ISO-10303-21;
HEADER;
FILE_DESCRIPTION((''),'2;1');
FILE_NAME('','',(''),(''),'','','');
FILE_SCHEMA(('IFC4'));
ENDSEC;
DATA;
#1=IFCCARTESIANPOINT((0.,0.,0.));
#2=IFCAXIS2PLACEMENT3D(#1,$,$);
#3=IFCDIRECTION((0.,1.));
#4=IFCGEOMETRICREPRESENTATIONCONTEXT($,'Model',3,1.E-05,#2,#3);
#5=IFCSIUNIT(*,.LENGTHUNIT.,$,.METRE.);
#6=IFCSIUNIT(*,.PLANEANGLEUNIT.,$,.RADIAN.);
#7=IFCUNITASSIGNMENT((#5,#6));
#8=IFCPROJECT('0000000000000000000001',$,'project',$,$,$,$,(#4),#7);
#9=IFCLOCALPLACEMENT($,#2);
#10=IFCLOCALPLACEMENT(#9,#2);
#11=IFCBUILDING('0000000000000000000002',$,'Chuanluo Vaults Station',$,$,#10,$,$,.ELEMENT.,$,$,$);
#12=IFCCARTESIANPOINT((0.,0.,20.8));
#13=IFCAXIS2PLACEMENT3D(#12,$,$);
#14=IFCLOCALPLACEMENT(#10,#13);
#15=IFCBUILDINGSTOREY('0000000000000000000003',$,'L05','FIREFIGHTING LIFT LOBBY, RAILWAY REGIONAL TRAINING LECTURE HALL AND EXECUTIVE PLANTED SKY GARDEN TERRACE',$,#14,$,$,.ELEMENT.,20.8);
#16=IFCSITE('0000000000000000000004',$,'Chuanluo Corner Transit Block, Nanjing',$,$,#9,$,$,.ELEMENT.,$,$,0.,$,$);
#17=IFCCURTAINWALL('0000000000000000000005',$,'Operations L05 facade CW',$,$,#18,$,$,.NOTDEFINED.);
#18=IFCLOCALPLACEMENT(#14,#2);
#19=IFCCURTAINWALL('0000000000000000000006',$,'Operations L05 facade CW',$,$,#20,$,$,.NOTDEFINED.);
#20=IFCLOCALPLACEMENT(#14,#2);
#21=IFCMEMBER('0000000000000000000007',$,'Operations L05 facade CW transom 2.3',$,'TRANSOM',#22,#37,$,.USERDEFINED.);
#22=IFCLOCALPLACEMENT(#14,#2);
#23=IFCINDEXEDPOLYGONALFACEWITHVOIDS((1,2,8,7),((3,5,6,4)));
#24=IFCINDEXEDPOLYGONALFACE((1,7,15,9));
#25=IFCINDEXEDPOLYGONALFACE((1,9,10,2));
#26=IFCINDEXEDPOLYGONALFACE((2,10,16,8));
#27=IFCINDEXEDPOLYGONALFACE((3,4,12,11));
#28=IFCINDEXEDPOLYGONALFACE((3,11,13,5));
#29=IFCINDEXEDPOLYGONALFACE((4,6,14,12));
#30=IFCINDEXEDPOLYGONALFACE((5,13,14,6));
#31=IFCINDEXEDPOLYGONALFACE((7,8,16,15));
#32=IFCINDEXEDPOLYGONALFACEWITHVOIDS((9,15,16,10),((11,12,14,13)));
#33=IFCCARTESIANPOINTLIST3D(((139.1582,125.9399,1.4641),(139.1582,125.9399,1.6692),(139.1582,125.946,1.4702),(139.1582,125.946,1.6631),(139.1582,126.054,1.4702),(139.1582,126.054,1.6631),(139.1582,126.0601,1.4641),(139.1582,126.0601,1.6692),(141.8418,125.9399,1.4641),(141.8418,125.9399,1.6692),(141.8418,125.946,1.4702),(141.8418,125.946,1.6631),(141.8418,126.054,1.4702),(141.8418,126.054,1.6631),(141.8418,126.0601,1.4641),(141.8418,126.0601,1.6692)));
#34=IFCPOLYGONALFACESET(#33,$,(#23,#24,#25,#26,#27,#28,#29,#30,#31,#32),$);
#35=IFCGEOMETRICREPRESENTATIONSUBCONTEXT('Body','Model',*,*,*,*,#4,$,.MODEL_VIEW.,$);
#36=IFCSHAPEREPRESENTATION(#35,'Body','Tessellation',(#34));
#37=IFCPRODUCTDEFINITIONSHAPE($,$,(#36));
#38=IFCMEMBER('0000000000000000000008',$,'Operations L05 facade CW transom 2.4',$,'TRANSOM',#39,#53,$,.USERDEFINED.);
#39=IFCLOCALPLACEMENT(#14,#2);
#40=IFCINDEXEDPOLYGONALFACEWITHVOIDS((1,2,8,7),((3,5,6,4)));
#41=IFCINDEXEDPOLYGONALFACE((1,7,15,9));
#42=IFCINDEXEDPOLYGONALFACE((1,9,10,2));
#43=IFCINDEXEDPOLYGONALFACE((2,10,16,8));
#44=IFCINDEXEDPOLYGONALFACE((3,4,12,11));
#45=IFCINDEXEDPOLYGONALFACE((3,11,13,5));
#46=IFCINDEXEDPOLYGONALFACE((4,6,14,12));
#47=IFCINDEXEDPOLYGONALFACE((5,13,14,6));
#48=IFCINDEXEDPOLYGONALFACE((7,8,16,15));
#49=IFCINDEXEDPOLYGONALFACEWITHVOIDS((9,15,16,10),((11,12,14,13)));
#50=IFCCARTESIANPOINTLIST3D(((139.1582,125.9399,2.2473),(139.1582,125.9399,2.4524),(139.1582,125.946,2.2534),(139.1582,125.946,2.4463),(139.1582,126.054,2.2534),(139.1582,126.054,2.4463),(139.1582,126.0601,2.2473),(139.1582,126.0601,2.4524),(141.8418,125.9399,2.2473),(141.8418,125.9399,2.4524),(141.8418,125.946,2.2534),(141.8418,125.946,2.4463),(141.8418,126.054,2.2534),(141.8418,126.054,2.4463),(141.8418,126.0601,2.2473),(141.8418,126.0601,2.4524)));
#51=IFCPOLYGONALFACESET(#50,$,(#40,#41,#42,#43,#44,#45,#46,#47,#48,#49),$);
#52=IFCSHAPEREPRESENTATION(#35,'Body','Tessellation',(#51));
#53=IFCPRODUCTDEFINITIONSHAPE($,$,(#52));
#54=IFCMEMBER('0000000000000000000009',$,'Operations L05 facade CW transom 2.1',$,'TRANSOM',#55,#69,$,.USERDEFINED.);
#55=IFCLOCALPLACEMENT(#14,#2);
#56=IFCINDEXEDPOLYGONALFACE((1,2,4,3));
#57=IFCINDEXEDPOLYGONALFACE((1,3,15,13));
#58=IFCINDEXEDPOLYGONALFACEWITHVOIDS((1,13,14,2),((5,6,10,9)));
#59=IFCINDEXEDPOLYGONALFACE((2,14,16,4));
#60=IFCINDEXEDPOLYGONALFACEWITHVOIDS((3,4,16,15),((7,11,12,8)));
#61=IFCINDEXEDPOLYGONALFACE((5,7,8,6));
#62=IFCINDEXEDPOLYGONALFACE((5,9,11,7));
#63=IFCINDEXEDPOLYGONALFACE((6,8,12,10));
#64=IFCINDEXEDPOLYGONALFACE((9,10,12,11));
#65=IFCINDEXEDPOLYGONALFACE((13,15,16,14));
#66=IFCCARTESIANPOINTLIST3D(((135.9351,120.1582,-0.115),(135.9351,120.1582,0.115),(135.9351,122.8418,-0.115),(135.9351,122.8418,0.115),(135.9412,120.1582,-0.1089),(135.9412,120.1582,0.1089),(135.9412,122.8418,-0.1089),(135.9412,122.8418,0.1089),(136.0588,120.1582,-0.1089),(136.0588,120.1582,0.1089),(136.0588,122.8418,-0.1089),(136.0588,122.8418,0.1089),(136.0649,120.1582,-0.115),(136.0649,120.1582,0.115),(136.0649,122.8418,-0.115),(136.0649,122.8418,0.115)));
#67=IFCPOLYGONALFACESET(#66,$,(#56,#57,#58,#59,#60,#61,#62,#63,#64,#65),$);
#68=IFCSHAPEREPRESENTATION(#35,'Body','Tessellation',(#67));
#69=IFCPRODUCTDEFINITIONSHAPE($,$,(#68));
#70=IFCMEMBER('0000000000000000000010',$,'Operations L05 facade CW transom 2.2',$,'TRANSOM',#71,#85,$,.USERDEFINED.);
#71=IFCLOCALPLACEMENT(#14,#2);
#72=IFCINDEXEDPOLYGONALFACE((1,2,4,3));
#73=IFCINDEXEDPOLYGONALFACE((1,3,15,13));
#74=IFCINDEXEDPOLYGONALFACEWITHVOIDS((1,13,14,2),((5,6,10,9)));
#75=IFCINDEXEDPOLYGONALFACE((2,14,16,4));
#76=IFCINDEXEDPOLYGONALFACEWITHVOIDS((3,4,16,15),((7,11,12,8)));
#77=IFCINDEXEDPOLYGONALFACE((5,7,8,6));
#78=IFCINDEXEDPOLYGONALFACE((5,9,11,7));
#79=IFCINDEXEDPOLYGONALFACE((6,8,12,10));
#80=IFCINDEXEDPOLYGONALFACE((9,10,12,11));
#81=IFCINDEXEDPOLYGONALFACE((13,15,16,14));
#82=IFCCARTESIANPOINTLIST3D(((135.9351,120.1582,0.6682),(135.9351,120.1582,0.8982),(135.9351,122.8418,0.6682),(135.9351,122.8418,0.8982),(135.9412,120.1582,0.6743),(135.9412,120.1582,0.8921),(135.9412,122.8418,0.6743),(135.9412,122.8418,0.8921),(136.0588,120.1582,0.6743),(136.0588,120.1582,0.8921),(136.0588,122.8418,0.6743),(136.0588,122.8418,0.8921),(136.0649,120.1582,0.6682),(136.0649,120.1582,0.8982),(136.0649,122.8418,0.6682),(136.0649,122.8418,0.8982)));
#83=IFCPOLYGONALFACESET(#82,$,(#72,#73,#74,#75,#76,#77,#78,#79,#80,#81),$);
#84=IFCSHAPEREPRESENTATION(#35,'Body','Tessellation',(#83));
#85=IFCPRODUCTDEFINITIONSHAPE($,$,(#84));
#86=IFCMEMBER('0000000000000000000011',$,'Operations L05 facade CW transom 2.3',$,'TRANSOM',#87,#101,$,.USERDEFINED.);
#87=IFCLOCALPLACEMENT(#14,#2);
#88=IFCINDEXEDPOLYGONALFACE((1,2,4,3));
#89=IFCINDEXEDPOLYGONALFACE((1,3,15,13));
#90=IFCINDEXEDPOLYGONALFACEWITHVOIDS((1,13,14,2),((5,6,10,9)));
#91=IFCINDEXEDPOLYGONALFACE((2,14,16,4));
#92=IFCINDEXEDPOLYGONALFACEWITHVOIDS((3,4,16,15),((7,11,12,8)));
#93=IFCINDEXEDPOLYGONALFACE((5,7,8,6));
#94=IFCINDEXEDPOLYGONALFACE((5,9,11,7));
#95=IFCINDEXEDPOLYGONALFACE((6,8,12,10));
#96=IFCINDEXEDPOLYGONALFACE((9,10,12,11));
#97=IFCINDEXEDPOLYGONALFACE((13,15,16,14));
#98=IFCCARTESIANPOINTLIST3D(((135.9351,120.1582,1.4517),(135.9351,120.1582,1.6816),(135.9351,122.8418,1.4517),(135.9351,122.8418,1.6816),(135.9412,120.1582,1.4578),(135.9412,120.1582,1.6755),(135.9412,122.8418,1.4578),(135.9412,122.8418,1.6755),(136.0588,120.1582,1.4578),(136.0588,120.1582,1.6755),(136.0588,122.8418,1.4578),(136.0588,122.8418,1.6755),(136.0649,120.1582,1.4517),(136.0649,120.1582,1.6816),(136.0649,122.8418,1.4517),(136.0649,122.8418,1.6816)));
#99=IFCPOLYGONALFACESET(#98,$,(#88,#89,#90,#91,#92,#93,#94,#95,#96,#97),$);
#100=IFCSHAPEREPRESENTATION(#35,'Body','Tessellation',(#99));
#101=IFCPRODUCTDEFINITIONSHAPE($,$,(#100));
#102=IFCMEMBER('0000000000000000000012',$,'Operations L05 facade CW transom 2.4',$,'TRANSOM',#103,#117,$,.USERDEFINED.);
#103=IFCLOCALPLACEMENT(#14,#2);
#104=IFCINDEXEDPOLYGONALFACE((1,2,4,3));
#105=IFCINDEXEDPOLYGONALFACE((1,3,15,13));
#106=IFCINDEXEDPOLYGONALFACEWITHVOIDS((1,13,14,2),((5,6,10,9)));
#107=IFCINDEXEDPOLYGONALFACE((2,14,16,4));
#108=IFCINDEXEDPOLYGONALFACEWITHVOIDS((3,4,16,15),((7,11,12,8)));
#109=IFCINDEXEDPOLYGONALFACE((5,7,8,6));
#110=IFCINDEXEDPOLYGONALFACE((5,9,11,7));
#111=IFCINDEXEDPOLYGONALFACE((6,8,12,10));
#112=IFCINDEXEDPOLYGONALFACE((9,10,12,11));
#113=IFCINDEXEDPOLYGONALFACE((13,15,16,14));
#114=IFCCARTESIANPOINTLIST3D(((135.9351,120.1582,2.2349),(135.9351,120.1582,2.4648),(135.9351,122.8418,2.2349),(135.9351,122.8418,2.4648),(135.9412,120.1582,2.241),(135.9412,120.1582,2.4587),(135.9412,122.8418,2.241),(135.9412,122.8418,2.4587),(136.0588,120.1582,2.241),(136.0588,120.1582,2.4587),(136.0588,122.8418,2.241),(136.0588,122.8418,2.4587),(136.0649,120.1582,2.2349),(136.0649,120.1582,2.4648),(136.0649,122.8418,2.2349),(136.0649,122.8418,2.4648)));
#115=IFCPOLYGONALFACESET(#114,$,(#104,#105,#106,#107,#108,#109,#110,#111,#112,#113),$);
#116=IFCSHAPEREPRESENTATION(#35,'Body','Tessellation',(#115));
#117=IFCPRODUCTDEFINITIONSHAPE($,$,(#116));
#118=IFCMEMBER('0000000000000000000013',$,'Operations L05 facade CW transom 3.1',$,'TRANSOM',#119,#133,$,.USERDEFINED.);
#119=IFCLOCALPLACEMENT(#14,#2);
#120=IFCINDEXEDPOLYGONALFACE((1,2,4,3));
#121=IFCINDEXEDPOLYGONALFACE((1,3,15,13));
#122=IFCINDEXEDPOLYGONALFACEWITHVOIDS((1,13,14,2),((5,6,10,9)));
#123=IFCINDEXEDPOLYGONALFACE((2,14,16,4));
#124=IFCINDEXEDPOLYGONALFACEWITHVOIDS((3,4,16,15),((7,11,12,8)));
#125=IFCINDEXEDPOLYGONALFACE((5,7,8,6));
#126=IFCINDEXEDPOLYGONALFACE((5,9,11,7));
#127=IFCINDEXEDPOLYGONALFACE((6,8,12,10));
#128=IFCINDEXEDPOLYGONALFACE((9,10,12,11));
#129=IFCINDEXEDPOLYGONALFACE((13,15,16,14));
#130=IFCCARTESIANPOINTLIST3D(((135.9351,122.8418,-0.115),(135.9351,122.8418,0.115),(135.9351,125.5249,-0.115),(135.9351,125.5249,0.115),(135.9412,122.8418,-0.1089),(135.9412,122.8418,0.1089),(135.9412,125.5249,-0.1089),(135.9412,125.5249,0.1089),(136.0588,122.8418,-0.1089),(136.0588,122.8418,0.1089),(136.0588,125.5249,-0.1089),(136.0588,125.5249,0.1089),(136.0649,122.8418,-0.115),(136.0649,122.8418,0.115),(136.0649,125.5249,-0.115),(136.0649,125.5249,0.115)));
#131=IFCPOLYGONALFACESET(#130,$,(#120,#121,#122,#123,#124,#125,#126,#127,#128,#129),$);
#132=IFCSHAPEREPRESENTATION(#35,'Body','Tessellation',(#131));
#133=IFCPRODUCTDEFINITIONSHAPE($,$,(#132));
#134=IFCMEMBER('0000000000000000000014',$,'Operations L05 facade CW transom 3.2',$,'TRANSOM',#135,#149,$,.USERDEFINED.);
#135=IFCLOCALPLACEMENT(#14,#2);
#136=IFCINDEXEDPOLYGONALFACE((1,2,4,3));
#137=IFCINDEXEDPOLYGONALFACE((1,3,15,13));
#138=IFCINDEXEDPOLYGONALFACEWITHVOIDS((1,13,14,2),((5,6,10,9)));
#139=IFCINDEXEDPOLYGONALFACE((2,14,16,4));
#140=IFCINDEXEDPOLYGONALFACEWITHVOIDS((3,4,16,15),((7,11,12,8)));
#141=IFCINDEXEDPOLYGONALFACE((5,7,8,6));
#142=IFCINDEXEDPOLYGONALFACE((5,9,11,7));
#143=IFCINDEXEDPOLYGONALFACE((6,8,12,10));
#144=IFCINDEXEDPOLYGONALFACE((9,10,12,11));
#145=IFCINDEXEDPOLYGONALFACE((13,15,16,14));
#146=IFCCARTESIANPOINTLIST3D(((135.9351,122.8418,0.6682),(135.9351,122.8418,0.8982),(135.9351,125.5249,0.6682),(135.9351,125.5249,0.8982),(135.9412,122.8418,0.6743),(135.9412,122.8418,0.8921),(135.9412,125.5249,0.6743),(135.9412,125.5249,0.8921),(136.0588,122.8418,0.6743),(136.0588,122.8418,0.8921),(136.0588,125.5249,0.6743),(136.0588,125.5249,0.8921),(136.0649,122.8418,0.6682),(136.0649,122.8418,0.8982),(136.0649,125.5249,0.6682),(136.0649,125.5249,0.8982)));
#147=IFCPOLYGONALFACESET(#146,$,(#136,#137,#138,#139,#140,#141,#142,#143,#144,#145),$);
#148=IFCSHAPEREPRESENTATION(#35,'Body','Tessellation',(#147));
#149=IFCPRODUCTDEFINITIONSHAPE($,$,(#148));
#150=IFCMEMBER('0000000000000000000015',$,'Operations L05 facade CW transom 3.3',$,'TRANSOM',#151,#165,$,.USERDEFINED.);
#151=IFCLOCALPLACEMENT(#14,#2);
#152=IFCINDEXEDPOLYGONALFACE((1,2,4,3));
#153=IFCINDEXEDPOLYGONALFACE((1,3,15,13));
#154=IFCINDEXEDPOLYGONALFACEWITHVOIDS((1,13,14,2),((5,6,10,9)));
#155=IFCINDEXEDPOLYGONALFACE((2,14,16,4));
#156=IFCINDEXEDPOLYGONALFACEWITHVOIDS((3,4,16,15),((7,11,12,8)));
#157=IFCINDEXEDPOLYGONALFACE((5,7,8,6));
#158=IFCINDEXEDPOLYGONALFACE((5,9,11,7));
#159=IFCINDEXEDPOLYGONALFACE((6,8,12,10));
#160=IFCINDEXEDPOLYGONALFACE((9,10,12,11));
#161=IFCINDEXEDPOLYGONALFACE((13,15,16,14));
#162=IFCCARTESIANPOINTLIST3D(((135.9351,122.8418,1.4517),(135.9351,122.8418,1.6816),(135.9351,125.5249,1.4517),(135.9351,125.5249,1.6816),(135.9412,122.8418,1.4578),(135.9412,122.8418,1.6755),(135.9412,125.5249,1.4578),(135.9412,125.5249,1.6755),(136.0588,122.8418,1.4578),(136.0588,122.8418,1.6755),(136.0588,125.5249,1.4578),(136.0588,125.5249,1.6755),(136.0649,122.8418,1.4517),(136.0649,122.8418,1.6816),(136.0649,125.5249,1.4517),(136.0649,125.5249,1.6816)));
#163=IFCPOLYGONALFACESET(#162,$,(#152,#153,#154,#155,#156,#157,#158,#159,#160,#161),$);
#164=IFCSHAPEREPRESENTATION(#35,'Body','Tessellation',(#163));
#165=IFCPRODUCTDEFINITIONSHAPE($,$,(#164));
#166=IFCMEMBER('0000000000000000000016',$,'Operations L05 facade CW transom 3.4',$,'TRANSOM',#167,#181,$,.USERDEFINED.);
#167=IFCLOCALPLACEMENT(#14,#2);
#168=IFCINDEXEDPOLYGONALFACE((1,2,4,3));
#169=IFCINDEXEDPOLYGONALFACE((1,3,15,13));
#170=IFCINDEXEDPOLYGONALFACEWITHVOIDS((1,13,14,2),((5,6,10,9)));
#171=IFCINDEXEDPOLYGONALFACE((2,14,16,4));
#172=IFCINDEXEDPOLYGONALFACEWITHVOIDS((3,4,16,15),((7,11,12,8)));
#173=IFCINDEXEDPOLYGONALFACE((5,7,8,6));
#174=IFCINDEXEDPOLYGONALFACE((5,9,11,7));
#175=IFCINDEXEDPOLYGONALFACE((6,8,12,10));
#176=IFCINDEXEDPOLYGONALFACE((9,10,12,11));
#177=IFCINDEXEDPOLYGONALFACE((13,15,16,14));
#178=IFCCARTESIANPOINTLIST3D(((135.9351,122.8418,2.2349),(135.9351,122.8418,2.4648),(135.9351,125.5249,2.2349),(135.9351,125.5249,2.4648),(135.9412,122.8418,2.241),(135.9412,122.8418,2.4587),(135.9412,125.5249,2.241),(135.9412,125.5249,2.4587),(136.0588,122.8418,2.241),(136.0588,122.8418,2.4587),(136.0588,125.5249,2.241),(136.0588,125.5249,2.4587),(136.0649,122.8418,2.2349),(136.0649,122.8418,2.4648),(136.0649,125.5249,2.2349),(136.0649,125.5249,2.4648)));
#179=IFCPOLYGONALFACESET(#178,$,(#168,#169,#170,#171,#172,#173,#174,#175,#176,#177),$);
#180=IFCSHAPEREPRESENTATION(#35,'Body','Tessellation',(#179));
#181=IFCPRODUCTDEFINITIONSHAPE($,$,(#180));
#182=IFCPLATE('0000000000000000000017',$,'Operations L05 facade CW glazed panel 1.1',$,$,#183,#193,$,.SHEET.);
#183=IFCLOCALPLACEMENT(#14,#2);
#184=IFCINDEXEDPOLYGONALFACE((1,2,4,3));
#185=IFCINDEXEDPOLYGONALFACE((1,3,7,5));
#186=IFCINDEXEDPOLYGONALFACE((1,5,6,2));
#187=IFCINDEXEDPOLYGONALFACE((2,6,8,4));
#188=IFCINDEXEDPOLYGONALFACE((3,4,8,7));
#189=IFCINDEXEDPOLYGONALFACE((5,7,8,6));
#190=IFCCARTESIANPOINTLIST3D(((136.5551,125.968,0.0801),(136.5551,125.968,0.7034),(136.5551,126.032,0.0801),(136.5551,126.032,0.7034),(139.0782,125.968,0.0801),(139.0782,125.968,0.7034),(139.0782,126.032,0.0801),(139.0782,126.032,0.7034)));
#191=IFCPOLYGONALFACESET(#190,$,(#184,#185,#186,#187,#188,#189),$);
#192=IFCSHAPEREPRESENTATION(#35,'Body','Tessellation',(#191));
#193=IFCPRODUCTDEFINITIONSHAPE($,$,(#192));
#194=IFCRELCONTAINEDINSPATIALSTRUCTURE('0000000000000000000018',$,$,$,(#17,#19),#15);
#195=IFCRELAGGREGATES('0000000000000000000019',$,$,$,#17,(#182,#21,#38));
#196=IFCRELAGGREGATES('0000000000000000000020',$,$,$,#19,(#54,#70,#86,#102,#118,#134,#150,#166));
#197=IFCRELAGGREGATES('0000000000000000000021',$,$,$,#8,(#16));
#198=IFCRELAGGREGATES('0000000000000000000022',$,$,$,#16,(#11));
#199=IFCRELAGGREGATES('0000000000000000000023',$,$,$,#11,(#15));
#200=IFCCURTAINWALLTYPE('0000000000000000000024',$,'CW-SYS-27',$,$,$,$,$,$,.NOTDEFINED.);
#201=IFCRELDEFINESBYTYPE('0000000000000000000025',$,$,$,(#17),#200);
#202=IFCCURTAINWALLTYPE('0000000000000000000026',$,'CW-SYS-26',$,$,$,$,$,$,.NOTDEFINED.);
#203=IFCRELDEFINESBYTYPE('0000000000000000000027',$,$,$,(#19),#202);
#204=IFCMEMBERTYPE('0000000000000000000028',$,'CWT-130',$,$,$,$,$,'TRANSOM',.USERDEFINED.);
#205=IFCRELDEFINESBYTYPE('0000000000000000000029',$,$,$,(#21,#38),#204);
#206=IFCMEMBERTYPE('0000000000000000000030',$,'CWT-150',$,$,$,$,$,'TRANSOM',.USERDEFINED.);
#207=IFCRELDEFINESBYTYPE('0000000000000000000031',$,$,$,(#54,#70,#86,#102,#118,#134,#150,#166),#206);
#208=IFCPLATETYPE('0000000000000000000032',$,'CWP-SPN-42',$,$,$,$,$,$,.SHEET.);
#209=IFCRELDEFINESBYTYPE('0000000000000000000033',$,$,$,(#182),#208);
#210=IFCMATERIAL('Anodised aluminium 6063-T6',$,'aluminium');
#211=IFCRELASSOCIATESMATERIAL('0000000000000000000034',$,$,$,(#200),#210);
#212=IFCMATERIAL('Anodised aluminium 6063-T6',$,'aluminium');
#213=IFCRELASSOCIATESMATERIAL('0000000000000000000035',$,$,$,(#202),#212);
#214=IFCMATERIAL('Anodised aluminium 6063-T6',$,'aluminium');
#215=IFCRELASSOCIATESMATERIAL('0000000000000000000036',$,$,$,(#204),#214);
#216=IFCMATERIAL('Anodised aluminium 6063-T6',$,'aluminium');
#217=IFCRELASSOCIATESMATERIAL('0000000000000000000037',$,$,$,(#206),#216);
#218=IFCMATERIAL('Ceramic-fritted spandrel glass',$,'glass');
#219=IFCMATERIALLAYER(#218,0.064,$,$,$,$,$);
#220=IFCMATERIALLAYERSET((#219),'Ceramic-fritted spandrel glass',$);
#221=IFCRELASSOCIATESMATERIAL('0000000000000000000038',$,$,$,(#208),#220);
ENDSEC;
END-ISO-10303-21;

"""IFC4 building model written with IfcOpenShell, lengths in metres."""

from ifc_helpers import new_model, si_unit, direction, frame, origin, origin_2d, place, context, subcontext, project, spatial, rectangle, hollow_rectangle, extrude, material, layer, layer_set, material_profile, profile_set, type_object, element, aggregate, save


model = new_model("IFC4")

# Units and contexts
model_context = context("Model", 3, precision=1e-05, world=origin(), true_north=direction((0.0, 1.0)))
body_context = subcontext(model_context, "Body", "Model", "MODEL_VIEW")
ifc_project = project(units=[si_unit("LENGTHUNIT", "METRE"), si_unit("PLANEANGLEUNIT", "RADIAN")], contexts=[model_context])

# Site, building, storey
site_placement = place(None, origin())
site = spatial("IfcSite", under=ifc_project, at=site_placement, Name="Chuanluo Corner Transit Block, Nanjing", CompositionType="ELEMENT", RefElevation=0.0)
building_placement = place(site_placement, origin())
building = spatial("IfcBuilding", under=site, at=building_placement, Name="Chuanluo Vaults Station", CompositionType="ELEMENT")
storey_placement = place(building_placement, frame((0.0, 0.0, 20.8)))
storey = spatial("IfcBuildingStorey", under=building, at=storey_placement, Name="L05", Description="FIREFIGHTING LIFT LOBBY, RAILWAY REGIONAL TRAINING LECTURE HALL AND EXECUTIVE PLANTED SKY GARDEN TERRACE", CompositionType="ELEMENT", Elevation=20.8)

# Curtain walls
ifc_material_1 = material(Name="Anodised aluminium 6063-T6", Category="aluminium")
curtain_wall_type_1 = type_object("IfcCurtainWallType", Name="CW-SYS-27", PredefinedType="NOTDEFINED", material=ifc_material_1)
curtain_wall_1_placement = place(storey_placement, origin())
curtain_wall_1 = element("IfcCurtainWall", 1, at=curtain_wall_1_placement, inside=storey, type_object=curtain_wall_type_1, Name="Operations L05 facade CW", PredefinedType="NOTDEFINED")
ifc_material_2 = material(Name="Anodised aluminium 6063-T6", Category="aluminium")
curtain_wall_type_2 = type_object("IfcCurtainWallType", Name="CW-SYS-26", PredefinedType="NOTDEFINED", material=ifc_material_2)
curtain_wall_2_placement = place(storey_placement, origin())
curtain_wall_2 = element("IfcCurtainWall", 2, at=curtain_wall_2_placement, inside=storey, type_object=curtain_wall_type_2, Name="Operations L05 facade CW", PredefinedType="NOTDEFINED")

# Members
ifc_material_3 = material(Name="Anodised aluminium 6063-T6", Category="aluminium")
ifc_material_profile_1 = material_profile(ifc_material_3, hollow_rectangle(XDim=0.1201, YDim=0.2051, WallThickness=0.0061, at=origin_2d()))
ifc_profile_set_1 = profile_set([ifc_material_profile_1], Name="Anodised aluminium 6063-T6")
member_type_1 = type_object("IfcMemberType", Name="CWT-130", ElementType="TRANSOM", PredefinedType="USERDEFINED", material=ifc_profile_set_1)
member_1_placement = place(storey_placement, frame((139.1582, 126.0, 1.5667), z_axis=(1.0, 0.0, 0.0), x_axis=(0.0, 1.0, 0.0)))
member_1 = element("IfcMember", 3, at=member_1_placement, type_object=member_type_1, Name="Operations L05 facade CW transom 2.3", ObjectType="TRANSOM", PredefinedType="USERDEFINED", context=body_context, shape_type="SweptSolid", body=[
    extrude(hollow_rectangle(XDim=0.1201, YDim=0.2051, WallThickness=0.0061, at=origin_2d()), origin(), (0.0, 0.0, 1.0), 2.6836),
])
member_2_placement = place(storey_placement, frame((139.1582, 126.0, 2.3499), z_axis=(1.0, 0.0, 0.0), x_axis=(0.0, 1.0, 0.0)))
member_2 = element("IfcMember", 4, at=member_2_placement, type_object=member_type_1, Name="Operations L05 facade CW transom 2.4", ObjectType="TRANSOM", PredefinedType="USERDEFINED", context=body_context, shape_type="SweptSolid", body=[
    extrude(hollow_rectangle(XDim=0.1201, YDim=0.2051, WallThickness=0.0061, at=origin_2d()), origin(), (0.0, 0.0, 1.0), 2.6836),
])
ifc_material_4 = material(Name="Anodised aluminium 6063-T6", Category="aluminium")
ifc_material_profile_2 = material_profile(ifc_material_4, hollow_rectangle(XDim=0.1299, YDim=0.23, WallThickness=0.0061, at=origin_2d()))
ifc_profile_set_2 = profile_set([ifc_material_profile_2], Name="Anodised aluminium 6063-T6")
member_type_2 = type_object("IfcMemberType", Name="CWT-150", ElementType="TRANSOM", PredefinedType="USERDEFINED", material=ifc_profile_set_2)
member_3_placement = place(storey_placement, frame((136.0, 120.1582, 0.0), z_axis=(0.0, 1.0, 0.0), x_axis=(-1.0, 0.0, 0.0)))
member_3 = element("IfcMember", 5, at=member_3_placement, type_object=member_type_2, Name="Operations L05 facade CW transom 2.1", ObjectType="TRANSOM", PredefinedType="USERDEFINED", context=body_context, shape_type="SweptSolid", body=[
    extrude(hollow_rectangle(XDim=0.1299, YDim=0.23, WallThickness=0.0061, at=origin_2d()), origin(), (0.0, 0.0, 1.0), 2.6836),
])
member_4_placement = place(storey_placement, frame((136.0, 120.1582, 0.7832), z_axis=(0.0, 1.0, 0.0), x_axis=(-1.0, 0.0, 0.0)))
member_4 = element("IfcMember", 6, at=member_4_placement, type_object=member_type_2, Name="Operations L05 facade CW transom 2.2", ObjectType="TRANSOM", PredefinedType="USERDEFINED", context=body_context, shape_type="SweptSolid", body=[
    extrude(hollow_rectangle(XDim=0.1299, YDim=0.23, WallThickness=0.0061, at=origin_2d()), origin(), (0.0, 0.0, 1.0), 2.6836),
])
member_5_placement = place(storey_placement, frame((136.0, 120.1582, 1.5667), z_axis=(0.0, 1.0, 0.0), x_axis=(-1.0, 0.0, 0.0)))
member_5 = element("IfcMember", 7, at=member_5_placement, type_object=member_type_2, Name="Operations L05 facade CW transom 2.3", ObjectType="TRANSOM", PredefinedType="USERDEFINED", context=body_context, shape_type="SweptSolid", body=[
    extrude(hollow_rectangle(XDim=0.1299, YDim=0.23, WallThickness=0.0061, at=origin_2d()), origin(), (0.0, 0.0, 1.0), 2.6836),
])
member_6_placement = place(storey_placement, frame((136.0, 120.1582, 2.3499), z_axis=(0.0, 1.0, 0.0), x_axis=(-1.0, 0.0, 0.0)))
member_6 = element("IfcMember", 8, at=member_6_placement, type_object=member_type_2, Name="Operations L05 facade CW transom 2.4", ObjectType="TRANSOM", PredefinedType="USERDEFINED", context=body_context, shape_type="SweptSolid", body=[
    extrude(hollow_rectangle(XDim=0.1299, YDim=0.23, WallThickness=0.0061, at=origin_2d()), origin(), (0.0, 0.0, 1.0), 2.6836),
])
member_7_placement = place(storey_placement, frame((136.0, 122.8418, 0.0), z_axis=(0.0, 1.0, 0.0), x_axis=(-1.0, 0.0, 0.0)))
member_7 = element("IfcMember", 9, at=member_7_placement, type_object=member_type_2, Name="Operations L05 facade CW transom 3.1", ObjectType="TRANSOM", PredefinedType="USERDEFINED", context=body_context, shape_type="SweptSolid", body=[
    extrude(hollow_rectangle(XDim=0.1299, YDim=0.23, WallThickness=0.0061, at=origin_2d()), origin(), (0.0, 0.0, 1.0), 2.6831),
])
member_8_placement = place(storey_placement, frame((136.0, 122.8418, 0.7832), z_axis=(0.0, 1.0, 0.0), x_axis=(-1.0, 0.0, 0.0)))
member_8 = element("IfcMember", 10, at=member_8_placement, type_object=member_type_2, Name="Operations L05 facade CW transom 3.2", ObjectType="TRANSOM", PredefinedType="USERDEFINED", context=body_context, shape_type="SweptSolid", body=[
    extrude(hollow_rectangle(XDim=0.1299, YDim=0.23, WallThickness=0.0061, at=origin_2d()), origin(), (0.0, 0.0, 1.0), 2.6831),
])
member_9_placement = place(storey_placement, frame((136.0, 122.8418, 1.5667), z_axis=(0.0, 1.0, 0.0), x_axis=(-1.0, 0.0, 0.0)))
member_9 = element("IfcMember", 11, at=member_9_placement, type_object=member_type_2, Name="Operations L05 facade CW transom 3.3", ObjectType="TRANSOM", PredefinedType="USERDEFINED", context=body_context, shape_type="SweptSolid", body=[
    extrude(hollow_rectangle(XDim=0.1299, YDim=0.23, WallThickness=0.0061, at=origin_2d()), origin(), (0.0, 0.0, 1.0), 2.6831),
])
member_10_placement = place(storey_placement, frame((136.0, 122.8418, 2.3499), z_axis=(0.0, 1.0, 0.0), x_axis=(-1.0, 0.0, 0.0)))
member_10 = element("IfcMember", 12, at=member_10_placement, type_object=member_type_2, Name="Operations L05 facade CW transom 3.4", ObjectType="TRANSOM", PredefinedType="USERDEFINED", context=body_context, shape_type="SweptSolid", body=[
    extrude(hollow_rectangle(XDim=0.1299, YDim=0.23, WallThickness=0.0061, at=origin_2d()), origin(), (0.0, 0.0, 1.0), 2.6831),
])

# Plate
ifc_material_5 = material(Name="Ceramic-fritted spandrel glass", Category="glass")
ifc_layer_1 = layer(ifc_material_5, 0.064)
ifc_layer_set_1 = layer_set([ifc_layer_1], Name="Ceramic-fritted spandrel glass")
plate_type_1 = type_object("IfcPlateType", Name="CWP-SPN-42", PredefinedType="SHEET", material=ifc_layer_set_1)
plate_1_placement = place(storey_placement, frame((137.8167, 126.0, 0.0801), z_axis=(0.0, 0.0, 1.0), x_axis=(1.0, 0.0, 0.0)))
plate_1 = element("IfcPlate", 13, at=plate_1_placement, type_object=plate_type_1, Name="Operations L05 facade CW glazed panel 1.1", PredefinedType="SHEET", context=body_context, shape_type="SweptSolid", body=[
    extrude(rectangle(XDim=2.5232, YDim=0.064, at=origin_2d()), origin(), (0.0, 0.0, 1.0), 0.6233),
])
aggregate(curtain_wall_1, [plate_1, member_1, member_2])
aggregate(curtain_wall_2, [member_3, member_4, member_5, member_6, member_7, member_8, member_9, member_10])

save(model, "model.ifc")
